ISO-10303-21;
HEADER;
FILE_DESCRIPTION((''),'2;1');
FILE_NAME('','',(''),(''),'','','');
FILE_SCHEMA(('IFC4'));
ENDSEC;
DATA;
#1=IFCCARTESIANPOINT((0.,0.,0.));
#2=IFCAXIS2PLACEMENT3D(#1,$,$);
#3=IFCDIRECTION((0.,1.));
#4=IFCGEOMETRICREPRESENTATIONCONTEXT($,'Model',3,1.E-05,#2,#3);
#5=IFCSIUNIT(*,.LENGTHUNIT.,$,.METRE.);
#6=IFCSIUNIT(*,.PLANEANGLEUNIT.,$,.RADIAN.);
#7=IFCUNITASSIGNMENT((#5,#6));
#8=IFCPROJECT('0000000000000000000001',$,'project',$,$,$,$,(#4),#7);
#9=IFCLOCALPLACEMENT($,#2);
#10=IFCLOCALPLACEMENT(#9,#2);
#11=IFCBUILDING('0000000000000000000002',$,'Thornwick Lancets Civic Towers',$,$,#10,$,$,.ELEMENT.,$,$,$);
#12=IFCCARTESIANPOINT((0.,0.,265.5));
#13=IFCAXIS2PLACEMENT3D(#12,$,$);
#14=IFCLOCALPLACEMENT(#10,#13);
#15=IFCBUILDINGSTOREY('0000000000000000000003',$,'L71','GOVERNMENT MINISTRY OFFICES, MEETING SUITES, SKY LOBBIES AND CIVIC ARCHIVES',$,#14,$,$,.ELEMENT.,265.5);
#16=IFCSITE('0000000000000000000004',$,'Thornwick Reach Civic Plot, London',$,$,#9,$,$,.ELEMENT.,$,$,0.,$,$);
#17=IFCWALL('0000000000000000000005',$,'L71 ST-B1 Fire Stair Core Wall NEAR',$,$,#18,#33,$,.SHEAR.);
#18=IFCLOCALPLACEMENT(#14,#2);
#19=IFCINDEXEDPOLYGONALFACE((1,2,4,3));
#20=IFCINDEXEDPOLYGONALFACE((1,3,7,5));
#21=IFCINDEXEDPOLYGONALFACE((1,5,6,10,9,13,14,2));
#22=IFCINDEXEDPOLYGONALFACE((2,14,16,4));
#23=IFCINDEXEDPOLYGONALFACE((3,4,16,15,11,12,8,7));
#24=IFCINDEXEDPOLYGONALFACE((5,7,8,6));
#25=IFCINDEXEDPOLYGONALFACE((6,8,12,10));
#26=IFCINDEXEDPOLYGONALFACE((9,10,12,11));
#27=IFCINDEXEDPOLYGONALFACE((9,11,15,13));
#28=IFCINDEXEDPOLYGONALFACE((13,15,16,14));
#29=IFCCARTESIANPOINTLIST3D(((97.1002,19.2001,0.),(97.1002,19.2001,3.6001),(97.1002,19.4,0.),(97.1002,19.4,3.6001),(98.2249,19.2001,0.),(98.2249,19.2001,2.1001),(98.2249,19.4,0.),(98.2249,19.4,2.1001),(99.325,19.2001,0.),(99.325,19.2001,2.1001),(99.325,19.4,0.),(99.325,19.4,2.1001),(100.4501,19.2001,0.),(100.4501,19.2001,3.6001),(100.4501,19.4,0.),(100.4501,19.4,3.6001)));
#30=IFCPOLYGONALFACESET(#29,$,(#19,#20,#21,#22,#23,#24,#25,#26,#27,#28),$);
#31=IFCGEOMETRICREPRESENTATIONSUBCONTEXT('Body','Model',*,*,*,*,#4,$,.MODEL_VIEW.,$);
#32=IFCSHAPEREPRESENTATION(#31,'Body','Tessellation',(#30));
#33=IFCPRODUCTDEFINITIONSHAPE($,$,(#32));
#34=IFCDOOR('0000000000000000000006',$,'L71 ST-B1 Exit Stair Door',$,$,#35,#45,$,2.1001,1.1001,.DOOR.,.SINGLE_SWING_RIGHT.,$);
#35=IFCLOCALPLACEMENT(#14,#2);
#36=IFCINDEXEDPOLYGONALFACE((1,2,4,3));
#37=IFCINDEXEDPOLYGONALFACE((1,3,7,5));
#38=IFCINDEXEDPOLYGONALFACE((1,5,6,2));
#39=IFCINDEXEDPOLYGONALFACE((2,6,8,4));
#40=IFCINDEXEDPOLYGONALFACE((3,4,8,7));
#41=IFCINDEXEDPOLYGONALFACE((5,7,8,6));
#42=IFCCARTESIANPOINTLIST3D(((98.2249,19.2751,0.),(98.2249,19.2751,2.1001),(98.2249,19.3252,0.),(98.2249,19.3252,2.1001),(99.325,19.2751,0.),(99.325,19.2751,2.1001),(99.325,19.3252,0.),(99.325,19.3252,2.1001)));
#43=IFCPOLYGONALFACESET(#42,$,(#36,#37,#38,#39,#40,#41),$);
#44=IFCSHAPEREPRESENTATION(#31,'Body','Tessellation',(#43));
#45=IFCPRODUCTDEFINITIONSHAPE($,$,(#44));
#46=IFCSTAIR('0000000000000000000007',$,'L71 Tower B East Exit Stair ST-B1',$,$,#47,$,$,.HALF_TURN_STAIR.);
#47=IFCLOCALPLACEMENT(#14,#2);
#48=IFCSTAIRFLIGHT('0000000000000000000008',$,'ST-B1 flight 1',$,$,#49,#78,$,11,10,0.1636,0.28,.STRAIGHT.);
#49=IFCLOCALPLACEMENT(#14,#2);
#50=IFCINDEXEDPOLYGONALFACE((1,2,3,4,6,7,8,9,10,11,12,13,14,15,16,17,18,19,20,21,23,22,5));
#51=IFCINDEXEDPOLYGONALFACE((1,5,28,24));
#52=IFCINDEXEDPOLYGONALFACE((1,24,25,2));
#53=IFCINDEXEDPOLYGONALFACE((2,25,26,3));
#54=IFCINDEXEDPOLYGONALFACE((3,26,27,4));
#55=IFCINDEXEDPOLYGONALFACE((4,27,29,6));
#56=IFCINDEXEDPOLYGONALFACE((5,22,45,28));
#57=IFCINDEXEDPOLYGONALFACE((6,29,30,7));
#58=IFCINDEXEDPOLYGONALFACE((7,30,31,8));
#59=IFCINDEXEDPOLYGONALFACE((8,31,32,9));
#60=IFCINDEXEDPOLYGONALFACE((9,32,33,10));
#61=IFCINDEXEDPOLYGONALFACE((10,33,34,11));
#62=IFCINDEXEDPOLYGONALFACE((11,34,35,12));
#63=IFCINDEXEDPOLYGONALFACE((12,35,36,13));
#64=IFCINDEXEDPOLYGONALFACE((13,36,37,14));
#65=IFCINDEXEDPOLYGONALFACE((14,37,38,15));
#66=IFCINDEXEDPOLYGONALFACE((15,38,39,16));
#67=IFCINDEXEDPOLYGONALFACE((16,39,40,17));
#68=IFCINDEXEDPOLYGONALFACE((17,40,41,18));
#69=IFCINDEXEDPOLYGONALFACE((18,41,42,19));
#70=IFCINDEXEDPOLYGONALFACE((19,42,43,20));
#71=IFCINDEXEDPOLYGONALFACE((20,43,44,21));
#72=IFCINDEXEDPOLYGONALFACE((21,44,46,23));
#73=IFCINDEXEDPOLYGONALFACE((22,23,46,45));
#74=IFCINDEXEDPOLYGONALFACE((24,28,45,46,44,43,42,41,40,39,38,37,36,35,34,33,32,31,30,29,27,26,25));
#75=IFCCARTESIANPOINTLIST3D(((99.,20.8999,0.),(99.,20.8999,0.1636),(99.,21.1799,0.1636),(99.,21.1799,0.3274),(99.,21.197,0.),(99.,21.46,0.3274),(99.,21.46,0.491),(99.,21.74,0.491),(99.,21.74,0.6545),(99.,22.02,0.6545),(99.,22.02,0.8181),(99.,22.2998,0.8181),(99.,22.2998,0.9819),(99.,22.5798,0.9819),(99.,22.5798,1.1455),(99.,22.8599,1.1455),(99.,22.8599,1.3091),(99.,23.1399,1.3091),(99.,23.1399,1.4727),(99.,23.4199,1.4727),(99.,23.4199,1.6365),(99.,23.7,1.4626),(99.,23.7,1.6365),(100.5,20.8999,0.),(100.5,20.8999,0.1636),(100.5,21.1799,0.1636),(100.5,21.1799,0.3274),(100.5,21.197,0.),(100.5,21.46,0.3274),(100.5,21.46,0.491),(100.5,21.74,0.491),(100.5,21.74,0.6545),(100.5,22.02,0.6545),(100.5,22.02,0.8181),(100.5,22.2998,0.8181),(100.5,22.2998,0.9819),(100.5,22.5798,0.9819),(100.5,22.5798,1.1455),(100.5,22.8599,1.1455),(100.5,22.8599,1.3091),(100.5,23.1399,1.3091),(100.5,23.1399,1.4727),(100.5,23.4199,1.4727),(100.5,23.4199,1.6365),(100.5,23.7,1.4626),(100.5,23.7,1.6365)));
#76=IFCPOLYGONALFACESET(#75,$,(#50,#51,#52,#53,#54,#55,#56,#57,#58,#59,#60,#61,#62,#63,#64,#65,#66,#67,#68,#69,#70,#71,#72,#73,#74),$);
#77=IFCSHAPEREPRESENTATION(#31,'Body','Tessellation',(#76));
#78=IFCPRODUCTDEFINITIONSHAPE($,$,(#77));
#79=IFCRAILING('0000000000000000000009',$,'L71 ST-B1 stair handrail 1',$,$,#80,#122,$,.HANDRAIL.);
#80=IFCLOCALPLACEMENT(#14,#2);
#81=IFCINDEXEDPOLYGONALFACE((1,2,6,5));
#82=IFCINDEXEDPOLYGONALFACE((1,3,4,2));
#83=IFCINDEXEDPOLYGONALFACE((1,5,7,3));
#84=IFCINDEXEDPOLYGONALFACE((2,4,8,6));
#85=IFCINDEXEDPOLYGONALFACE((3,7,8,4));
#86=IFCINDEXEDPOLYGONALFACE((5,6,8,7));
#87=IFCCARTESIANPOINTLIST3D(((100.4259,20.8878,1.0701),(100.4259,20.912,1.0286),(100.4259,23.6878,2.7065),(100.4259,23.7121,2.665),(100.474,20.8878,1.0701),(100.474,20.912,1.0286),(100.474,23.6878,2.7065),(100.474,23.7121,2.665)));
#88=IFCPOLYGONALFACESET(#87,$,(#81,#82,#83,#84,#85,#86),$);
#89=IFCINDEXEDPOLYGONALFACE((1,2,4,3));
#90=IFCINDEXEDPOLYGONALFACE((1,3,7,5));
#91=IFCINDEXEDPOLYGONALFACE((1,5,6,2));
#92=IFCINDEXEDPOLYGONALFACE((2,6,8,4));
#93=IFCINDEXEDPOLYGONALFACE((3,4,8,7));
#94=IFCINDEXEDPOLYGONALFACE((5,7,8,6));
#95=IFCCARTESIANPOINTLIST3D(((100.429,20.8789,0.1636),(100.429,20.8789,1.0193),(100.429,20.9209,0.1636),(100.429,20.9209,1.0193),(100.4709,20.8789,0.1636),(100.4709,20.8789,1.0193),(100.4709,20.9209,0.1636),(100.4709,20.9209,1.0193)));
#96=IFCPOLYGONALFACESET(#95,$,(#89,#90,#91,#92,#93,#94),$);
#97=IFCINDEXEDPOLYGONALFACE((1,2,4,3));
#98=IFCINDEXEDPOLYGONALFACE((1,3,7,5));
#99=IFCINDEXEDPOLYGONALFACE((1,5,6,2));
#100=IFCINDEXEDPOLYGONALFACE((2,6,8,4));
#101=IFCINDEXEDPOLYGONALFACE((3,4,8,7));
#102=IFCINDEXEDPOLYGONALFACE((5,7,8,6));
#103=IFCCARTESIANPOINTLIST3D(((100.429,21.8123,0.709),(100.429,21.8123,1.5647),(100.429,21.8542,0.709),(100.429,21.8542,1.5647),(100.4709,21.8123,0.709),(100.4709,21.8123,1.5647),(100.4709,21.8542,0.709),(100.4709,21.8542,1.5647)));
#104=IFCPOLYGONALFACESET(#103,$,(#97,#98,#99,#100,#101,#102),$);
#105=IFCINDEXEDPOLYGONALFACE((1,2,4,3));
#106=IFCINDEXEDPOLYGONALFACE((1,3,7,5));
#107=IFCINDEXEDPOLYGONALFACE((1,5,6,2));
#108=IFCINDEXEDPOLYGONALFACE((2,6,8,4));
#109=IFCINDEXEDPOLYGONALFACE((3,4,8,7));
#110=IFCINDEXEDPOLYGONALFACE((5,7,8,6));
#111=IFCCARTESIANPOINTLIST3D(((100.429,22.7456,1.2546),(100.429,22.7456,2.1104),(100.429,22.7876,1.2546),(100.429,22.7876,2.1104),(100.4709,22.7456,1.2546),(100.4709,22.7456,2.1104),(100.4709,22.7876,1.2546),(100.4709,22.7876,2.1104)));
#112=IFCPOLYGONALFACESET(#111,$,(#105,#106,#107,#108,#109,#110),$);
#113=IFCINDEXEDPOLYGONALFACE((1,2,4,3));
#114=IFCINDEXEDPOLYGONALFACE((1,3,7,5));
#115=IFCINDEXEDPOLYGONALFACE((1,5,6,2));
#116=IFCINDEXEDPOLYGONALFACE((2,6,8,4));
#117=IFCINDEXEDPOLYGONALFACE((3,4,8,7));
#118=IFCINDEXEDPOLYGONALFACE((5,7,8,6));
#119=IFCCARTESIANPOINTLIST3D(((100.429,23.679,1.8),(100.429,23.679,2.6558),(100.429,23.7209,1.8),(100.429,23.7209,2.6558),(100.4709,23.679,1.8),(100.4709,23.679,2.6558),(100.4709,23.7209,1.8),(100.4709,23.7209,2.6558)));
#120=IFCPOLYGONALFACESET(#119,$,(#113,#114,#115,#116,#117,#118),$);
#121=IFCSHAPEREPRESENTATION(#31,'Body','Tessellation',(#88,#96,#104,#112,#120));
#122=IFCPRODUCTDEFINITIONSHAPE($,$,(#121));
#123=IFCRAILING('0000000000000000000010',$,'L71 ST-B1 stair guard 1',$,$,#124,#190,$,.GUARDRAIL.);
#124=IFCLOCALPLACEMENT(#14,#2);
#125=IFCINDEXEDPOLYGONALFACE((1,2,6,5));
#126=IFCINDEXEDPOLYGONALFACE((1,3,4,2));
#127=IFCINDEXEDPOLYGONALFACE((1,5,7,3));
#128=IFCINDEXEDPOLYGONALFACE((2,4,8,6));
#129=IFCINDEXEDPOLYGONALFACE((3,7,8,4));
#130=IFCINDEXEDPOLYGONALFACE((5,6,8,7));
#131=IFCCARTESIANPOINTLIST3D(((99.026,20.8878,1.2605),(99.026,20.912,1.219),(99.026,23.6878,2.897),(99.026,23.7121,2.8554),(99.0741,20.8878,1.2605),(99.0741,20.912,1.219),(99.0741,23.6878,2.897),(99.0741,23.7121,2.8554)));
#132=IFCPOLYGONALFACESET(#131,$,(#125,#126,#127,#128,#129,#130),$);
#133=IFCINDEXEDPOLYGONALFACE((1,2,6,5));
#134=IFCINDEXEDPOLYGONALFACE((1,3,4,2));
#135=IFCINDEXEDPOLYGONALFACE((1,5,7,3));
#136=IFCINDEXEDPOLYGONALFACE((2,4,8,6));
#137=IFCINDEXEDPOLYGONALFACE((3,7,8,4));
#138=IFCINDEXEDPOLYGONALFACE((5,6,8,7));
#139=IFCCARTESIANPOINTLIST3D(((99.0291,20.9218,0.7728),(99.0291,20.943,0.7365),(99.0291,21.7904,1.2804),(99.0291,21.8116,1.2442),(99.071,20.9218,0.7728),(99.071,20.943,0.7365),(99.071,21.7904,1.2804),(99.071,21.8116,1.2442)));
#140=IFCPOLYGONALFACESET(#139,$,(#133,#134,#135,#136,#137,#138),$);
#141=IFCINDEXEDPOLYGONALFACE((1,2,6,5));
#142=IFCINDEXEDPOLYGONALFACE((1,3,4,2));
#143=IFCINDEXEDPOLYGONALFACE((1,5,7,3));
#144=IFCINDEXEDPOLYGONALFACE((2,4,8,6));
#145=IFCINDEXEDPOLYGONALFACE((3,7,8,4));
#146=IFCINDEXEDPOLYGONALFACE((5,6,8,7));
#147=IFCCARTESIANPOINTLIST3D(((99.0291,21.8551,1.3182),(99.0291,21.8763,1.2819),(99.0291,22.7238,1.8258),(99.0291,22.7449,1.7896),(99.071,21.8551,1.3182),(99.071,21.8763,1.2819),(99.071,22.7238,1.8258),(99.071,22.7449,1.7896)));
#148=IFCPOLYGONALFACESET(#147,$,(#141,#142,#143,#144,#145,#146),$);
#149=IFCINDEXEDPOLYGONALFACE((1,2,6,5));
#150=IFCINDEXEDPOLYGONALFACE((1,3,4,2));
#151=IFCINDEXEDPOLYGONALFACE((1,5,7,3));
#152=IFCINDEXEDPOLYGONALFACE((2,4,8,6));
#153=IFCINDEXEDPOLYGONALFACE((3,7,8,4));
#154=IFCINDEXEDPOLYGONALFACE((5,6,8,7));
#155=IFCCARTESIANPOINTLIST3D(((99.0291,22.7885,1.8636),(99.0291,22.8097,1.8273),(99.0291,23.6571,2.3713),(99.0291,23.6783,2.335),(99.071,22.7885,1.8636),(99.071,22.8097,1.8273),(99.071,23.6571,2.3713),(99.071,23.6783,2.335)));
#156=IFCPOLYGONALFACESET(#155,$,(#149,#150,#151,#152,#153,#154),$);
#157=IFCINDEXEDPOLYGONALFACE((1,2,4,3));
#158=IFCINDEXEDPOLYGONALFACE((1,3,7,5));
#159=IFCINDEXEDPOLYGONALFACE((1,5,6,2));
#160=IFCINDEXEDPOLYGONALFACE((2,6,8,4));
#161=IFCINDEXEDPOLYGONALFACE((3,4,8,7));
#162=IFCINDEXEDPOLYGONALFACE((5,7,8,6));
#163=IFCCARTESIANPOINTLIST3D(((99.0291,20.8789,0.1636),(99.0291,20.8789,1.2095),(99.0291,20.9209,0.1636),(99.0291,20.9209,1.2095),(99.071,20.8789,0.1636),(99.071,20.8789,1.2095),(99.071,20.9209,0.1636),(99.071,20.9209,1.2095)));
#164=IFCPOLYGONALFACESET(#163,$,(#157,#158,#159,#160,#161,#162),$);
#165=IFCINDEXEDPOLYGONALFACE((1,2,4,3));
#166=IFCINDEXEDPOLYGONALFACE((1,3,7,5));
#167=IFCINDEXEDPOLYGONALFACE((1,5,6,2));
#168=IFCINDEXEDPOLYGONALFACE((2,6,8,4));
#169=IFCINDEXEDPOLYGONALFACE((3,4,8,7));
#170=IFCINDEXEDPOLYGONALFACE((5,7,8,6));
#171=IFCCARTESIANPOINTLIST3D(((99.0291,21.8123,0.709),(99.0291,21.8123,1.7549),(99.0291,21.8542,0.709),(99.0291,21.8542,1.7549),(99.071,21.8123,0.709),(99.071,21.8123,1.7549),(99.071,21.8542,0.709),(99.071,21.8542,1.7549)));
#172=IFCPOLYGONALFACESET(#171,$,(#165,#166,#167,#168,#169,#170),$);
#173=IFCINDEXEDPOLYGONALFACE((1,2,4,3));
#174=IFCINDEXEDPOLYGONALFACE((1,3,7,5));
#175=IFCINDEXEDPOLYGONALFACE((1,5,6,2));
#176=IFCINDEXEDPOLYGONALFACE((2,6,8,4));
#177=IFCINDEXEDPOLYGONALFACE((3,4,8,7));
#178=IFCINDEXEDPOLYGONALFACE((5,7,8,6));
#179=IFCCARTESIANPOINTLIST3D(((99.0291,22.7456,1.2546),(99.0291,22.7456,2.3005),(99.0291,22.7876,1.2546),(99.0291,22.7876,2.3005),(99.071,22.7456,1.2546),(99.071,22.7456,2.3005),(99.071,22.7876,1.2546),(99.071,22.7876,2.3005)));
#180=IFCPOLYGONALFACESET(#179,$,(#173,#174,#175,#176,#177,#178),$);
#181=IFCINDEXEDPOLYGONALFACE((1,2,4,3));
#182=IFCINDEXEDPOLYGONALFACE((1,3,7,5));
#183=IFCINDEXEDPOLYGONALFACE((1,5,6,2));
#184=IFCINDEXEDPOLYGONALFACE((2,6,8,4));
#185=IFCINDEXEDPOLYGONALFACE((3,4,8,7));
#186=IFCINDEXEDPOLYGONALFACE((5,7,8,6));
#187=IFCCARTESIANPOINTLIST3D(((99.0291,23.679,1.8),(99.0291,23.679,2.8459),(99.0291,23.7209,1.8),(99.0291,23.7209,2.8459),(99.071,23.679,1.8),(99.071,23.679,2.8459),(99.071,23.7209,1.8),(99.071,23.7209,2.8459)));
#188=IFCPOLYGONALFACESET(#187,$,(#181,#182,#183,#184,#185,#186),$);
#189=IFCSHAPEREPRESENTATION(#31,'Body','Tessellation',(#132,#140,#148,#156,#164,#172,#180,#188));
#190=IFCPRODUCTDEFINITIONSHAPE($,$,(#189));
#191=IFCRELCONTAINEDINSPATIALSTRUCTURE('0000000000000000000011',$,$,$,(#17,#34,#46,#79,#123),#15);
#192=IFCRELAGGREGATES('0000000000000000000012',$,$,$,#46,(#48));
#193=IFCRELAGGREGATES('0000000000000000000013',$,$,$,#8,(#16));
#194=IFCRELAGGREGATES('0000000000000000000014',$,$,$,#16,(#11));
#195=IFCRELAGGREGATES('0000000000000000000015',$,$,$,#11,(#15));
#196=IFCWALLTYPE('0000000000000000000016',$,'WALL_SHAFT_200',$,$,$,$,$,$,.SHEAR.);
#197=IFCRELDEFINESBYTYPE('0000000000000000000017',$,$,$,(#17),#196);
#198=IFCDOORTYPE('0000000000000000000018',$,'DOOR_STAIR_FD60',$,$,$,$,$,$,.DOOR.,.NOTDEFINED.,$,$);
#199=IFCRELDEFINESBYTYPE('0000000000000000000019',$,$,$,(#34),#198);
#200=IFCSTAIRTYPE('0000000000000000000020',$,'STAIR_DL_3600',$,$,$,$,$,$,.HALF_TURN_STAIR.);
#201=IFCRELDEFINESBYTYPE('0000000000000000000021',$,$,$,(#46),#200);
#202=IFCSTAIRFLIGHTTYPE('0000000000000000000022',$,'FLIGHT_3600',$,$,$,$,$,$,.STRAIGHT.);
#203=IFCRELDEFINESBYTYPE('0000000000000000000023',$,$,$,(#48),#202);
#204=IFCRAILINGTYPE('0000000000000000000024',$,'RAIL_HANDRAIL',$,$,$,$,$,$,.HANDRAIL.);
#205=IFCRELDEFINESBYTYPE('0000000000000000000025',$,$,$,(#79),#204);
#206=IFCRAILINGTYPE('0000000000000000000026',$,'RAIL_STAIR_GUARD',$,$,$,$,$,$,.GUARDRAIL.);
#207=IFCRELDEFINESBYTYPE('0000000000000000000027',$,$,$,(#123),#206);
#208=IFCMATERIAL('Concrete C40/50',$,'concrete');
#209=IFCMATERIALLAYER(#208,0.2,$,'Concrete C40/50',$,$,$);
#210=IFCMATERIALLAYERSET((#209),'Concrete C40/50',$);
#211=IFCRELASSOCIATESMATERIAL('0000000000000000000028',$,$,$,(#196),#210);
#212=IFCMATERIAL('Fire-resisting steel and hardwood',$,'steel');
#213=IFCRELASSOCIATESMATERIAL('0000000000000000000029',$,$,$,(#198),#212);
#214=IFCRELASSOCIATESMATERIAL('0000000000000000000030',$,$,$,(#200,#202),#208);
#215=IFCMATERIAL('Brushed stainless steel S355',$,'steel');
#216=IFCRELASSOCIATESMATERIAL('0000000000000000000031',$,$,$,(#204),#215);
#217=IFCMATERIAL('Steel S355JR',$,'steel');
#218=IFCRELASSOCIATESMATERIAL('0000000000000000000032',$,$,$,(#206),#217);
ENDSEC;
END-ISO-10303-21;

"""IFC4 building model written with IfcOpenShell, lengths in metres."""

from ifc_helpers import new_model, si_unit, direction, frame, frame_2d, origin, origin_2d, place, context, subcontext, project, spatial, polyline, rectangle, outline, extrude, material, layer, layer_set, type_object, element, fill, aggregate, save


model = new_model("IFC4")

# Units and contexts
model_context = context("Model", 3, precision=1e-05, world=origin(), true_north=direction((0.0, 1.0)))
body_context = subcontext(model_context, "Body", "Model", "MODEL_VIEW")
ifc_project = project(units=[si_unit("LENGTHUNIT", "METRE"), si_unit("PLANEANGLEUNIT", "RADIAN")], contexts=[model_context])

# Site, building, storey
site_placement = place(None, origin())
site = spatial("IfcSite", under=ifc_project, at=site_placement, Name="Thornwick Reach Civic Plot, London", CompositionType="ELEMENT", RefElevation=0.0)
building_placement = place(site_placement, origin())
building = spatial("IfcBuilding", under=site, at=building_placement, Name="Thornwick Lancets Civic Towers", CompositionType="ELEMENT")
storey_placement = place(building_placement, frame((0.0, 0.0, 265.5)))
storey = spatial("IfcBuildingStorey", under=building, at=storey_placement, Name="L71", Description="GOVERNMENT MINISTRY OFFICES, MEETING SUITES, SKY LOBBIES AND CIVIC ARCHIVES", CompositionType="ELEMENT", Elevation=265.5)

# Shared definitions
ifc_material_1 = material(Name="Steel S355JR", Category="steel")
ifc_material_2 = material(Name="Concrete C40/50", Category="concrete")

# Wall, opening, door
ifc_layer_1 = layer(ifc_material_2, 0.2, Name="Concrete C40/50")
ifc_layer_set_1 = layer_set([ifc_layer_1], Name="Concrete C40/50")
wall_type_1 = type_object("IfcWallType", Name="WALL_SHAFT_200", PredefinedType="SHEAR", material=ifc_layer_set_1)
wall_1_placement = place(storey_placement, frame((100.45, 19.3, 0.0), z_axis=(0.0, 0.0, 1.0), x_axis=(-1.0, 0.0, 0.0)))
wall_1 = element("IfcWall", 1, at=wall_1_placement, inside=storey, type_object=wall_type_1, Name="L71 ST-B1 Fire Stair Core Wall NEAR", PredefinedType="SHEAR", context=body_context, shape_type="SweptSolid", body=[
    extrude(rectangle(XDim=3.3499, YDim=0.2, at=frame_2d((1.6748, 0.0))), origin(), (0.0, 0.0, 1.0), 3.6001),
])
opening_placement = place(wall_1_placement, frame((1.125, 0.0, 0.0)))
opening = element("IfcOpeningElement", 2, at=opening_placement, cuts=wall_1, PredefinedType="OPENING", context=body_context, shape_type="SweptSolid", body=[
    extrude(rectangle(XDim=1.1001, YDim=2.1001, at=frame_2d((0.55, 1.05))), frame((0.0, 0.1099, 0.0), z_axis=(0.0, -1.0, 0.0), x_axis=(1.0, 0.0, 0.0)), (0.0, 0.0, 1.0), 0.22),
])
ifc_material_3 = material(Name="Fire-resisting steel and hardwood", Category="steel")
door_type = type_object("IfcDoorType", Name="DOOR_STAIR_FD60", OperationType="NOTDEFINED", PredefinedType="DOOR", material=ifc_material_3)
door_placement = place(opening_placement, origin())
door = element("IfcDoor", 3, at=door_placement, inside=storey, type_object=door_type, Name="L71 ST-B1 Exit Stair Door", OperationType="SINGLE_SWING_RIGHT", OverallHeight=2.1001, OverallWidth=1.1001, PredefinedType="DOOR", context=body_context, shape_type="SweptSolid", body=[
    extrude(rectangle(XDim=1.1001, YDim=2.1001, at=frame_2d((0.55, 1.05))), frame((0.0, 0.0249, 0.0), z_axis=(0.0, -1.0, 0.0), x_axis=(1.0, 0.0, 0.0)), (0.0, 0.0, 1.0), 0.05),
])
fill(opening, door)

# Stair, stair flight
stair_type = type_object("IfcStairType", Name="STAIR_DL_3600", PredefinedType="HALF_TURN_STAIR", material=ifc_material_2)
stair_placement = place(storey_placement, origin())
stair = element("IfcStair", 4, at=stair_placement, inside=storey, type_object=stair_type, Name="L71 Tower B East Exit Stair ST-B1", PredefinedType="HALF_TURN_STAIR")
stair_flight_type = type_object("IfcStairFlightType", Name="FLIGHT_3600", PredefinedType="STRAIGHT", material=ifc_material_2)
stair_flight_placement = place(storey_placement, frame((99.75, 20.8999, 0.0), z_axis=(0.0, 0.0, 1.0), x_axis=(0.0, 1.0, 0.0)))
stair_flight = element("IfcStairFlight", 5, at=stair_flight_placement, type_object=stair_flight_type, Name="ST-B1 flight 1", NumberOfRisers=11, NumberOfTreads=10, PredefinedType="STRAIGHT", RiserHeight=0.1636, TreadLength=0.28, context=body_context, shape_type="SweptSolid", body=[
    extrude(outline(polyline([(0.0, 0.0), (0.0, 0.1636), (0.28, 0.1636), (0.28, 0.3274), (0.5601, 0.3274), (0.5601, 0.491), (0.8401, 0.491), (0.8401, 0.6545), (1.1201, 0.6545), (1.1201, 0.8181), (1.3999, 0.8181), (1.3999, 0.9819), (1.6799, 0.9819), (1.6799, 1.1455), (1.96, 1.1455), (1.96, 1.3091), (2.24, 1.3091), (2.24, 1.4727), (2.52, 1.4727), (2.52, 1.6365), (2.8, 1.6365), (2.8, 1.8), (2.8, 1.4626), (0.2971, 0.0), (0.0, 0.0)])), frame((0.0, 0.75, 0.0), z_axis=(0.0, -1.0, 0.0), x_axis=(1.0, 0.0, 0.0)), (0.0, 0.0, 1.0), 1.5),
])
aggregate(stair, [stair_flight])

# Railings
ifc_material_4 = material(Name="Brushed stainless steel S355", Category="steel")
railing_type_1 = type_object("IfcRailingType", Name="RAIL_HANDRAIL", PredefinedType="HANDRAIL", material=ifc_material_4)
railing_1_placement = place(storey_placement, frame((100.45, 20.8999, 0.1636)))
element("IfcRailing", 6, at=railing_1_placement, inside=storey, type_object=railing_type_1, Name="L71 ST-B1 stair handrail 1", PredefinedType="HANDRAIL", context=body_context, shape_type="SweptSolid", body=[
    extrude(rectangle(XDim=0.0481, YDim=0.0481, at=origin_2d()), frame((0.0, 0.0, 0.8857), z_axis=(0.0, 0.863361, 0.504587), x_axis=(-1.0, 0.0, 0.0)), (0.0, 0.0, 1.0), 3.2432),
    extrude(rectangle(XDim=0.042, YDim=0.042, at=origin_2d()), origin(), (0.0, 0.0, 1.0), 0.8557),
    extrude(rectangle(XDim=0.042, YDim=0.042, at=origin_2d()), frame((0.0, 0.9333, 0.5454)), (0.0, 0.0, 1.0), 0.8557),
    extrude(rectangle(XDim=0.042, YDim=0.042, at=origin_2d()), frame((0.0, 1.8667, 1.0911)), (0.0, 0.0, 1.0), 0.8557),
    extrude(rectangle(XDim=0.042, YDim=0.042, at=origin_2d()), frame((0.0, 2.8, 1.6365)), (0.0, 0.0, 1.0), 0.8557),
])
railing_type_2 = type_object("IfcRailingType", Name="RAIL_STAIR_GUARD", PredefinedType="GUARDRAIL", material=ifc_material_1)
railing_2_placement = place(storey_placement, frame((99.05, 20.8999, 0.1636)))
element("IfcRailing", 7, at=railing_2_placement, inside=storey, type_object=railing_type_2, Name="L71 ST-B1 stair guard 1", PredefinedType="GUARDRAIL", context=body_context, shape_type="SweptSolid", body=[
    extrude(rectangle(XDim=0.0481, YDim=0.0481, at=origin_2d()), frame((0.0, 0.0, 1.0762), z_axis=(0.0, 0.863361, 0.504587), x_axis=(-1.0, 0.0, 0.0)), (0.0, 0.0, 1.0), 3.2432),
    extrude(rectangle(XDim=0.042, YDim=0.042, at=origin_2d()), frame((0.0, 0.0325, 0.5911), z_axis=(0.0, 0.863361, 0.504587), x_axis=(-1.0, 0.0, 0.0)), (0.0, 0.0, 1.0), 1.0061),
    extrude(rectangle(XDim=0.042, YDim=0.042, at=origin_2d()), frame((0.0, 0.9658, 1.1365), z_axis=(0.0, 0.863361, 0.504587), x_axis=(-1.0, 0.0, 0.0)), (0.0, 0.0, 1.0), 1.0061),
    extrude(rectangle(XDim=0.042, YDim=0.042, at=origin_2d()), frame((0.0, 1.8992, 1.6819), z_axis=(0.0, 0.863361, 0.504587), x_axis=(-1.0, 0.0, 0.0)), (0.0, 0.0, 1.0), 1.0061),
    extrude(rectangle(XDim=0.042, YDim=0.042, at=origin_2d()), origin(), (0.0, 0.0, 1.0), 1.0459),
    extrude(rectangle(XDim=0.042, YDim=0.042, at=origin_2d()), frame((0.0, 0.9333, 0.5454)), (0.0, 0.0, 1.0), 1.0459),
    extrude(rectangle(XDim=0.042, YDim=0.042, at=origin_2d()), frame((0.0, 1.8667, 1.0911)), (0.0, 0.0, 1.0), 1.0459),
    extrude(rectangle(XDim=0.042, YDim=0.042, at=origin_2d()), frame((0.0, 2.8, 1.6365)), (0.0, 0.0, 1.0), 1.0459),
])

save(model, "model.ifc")
